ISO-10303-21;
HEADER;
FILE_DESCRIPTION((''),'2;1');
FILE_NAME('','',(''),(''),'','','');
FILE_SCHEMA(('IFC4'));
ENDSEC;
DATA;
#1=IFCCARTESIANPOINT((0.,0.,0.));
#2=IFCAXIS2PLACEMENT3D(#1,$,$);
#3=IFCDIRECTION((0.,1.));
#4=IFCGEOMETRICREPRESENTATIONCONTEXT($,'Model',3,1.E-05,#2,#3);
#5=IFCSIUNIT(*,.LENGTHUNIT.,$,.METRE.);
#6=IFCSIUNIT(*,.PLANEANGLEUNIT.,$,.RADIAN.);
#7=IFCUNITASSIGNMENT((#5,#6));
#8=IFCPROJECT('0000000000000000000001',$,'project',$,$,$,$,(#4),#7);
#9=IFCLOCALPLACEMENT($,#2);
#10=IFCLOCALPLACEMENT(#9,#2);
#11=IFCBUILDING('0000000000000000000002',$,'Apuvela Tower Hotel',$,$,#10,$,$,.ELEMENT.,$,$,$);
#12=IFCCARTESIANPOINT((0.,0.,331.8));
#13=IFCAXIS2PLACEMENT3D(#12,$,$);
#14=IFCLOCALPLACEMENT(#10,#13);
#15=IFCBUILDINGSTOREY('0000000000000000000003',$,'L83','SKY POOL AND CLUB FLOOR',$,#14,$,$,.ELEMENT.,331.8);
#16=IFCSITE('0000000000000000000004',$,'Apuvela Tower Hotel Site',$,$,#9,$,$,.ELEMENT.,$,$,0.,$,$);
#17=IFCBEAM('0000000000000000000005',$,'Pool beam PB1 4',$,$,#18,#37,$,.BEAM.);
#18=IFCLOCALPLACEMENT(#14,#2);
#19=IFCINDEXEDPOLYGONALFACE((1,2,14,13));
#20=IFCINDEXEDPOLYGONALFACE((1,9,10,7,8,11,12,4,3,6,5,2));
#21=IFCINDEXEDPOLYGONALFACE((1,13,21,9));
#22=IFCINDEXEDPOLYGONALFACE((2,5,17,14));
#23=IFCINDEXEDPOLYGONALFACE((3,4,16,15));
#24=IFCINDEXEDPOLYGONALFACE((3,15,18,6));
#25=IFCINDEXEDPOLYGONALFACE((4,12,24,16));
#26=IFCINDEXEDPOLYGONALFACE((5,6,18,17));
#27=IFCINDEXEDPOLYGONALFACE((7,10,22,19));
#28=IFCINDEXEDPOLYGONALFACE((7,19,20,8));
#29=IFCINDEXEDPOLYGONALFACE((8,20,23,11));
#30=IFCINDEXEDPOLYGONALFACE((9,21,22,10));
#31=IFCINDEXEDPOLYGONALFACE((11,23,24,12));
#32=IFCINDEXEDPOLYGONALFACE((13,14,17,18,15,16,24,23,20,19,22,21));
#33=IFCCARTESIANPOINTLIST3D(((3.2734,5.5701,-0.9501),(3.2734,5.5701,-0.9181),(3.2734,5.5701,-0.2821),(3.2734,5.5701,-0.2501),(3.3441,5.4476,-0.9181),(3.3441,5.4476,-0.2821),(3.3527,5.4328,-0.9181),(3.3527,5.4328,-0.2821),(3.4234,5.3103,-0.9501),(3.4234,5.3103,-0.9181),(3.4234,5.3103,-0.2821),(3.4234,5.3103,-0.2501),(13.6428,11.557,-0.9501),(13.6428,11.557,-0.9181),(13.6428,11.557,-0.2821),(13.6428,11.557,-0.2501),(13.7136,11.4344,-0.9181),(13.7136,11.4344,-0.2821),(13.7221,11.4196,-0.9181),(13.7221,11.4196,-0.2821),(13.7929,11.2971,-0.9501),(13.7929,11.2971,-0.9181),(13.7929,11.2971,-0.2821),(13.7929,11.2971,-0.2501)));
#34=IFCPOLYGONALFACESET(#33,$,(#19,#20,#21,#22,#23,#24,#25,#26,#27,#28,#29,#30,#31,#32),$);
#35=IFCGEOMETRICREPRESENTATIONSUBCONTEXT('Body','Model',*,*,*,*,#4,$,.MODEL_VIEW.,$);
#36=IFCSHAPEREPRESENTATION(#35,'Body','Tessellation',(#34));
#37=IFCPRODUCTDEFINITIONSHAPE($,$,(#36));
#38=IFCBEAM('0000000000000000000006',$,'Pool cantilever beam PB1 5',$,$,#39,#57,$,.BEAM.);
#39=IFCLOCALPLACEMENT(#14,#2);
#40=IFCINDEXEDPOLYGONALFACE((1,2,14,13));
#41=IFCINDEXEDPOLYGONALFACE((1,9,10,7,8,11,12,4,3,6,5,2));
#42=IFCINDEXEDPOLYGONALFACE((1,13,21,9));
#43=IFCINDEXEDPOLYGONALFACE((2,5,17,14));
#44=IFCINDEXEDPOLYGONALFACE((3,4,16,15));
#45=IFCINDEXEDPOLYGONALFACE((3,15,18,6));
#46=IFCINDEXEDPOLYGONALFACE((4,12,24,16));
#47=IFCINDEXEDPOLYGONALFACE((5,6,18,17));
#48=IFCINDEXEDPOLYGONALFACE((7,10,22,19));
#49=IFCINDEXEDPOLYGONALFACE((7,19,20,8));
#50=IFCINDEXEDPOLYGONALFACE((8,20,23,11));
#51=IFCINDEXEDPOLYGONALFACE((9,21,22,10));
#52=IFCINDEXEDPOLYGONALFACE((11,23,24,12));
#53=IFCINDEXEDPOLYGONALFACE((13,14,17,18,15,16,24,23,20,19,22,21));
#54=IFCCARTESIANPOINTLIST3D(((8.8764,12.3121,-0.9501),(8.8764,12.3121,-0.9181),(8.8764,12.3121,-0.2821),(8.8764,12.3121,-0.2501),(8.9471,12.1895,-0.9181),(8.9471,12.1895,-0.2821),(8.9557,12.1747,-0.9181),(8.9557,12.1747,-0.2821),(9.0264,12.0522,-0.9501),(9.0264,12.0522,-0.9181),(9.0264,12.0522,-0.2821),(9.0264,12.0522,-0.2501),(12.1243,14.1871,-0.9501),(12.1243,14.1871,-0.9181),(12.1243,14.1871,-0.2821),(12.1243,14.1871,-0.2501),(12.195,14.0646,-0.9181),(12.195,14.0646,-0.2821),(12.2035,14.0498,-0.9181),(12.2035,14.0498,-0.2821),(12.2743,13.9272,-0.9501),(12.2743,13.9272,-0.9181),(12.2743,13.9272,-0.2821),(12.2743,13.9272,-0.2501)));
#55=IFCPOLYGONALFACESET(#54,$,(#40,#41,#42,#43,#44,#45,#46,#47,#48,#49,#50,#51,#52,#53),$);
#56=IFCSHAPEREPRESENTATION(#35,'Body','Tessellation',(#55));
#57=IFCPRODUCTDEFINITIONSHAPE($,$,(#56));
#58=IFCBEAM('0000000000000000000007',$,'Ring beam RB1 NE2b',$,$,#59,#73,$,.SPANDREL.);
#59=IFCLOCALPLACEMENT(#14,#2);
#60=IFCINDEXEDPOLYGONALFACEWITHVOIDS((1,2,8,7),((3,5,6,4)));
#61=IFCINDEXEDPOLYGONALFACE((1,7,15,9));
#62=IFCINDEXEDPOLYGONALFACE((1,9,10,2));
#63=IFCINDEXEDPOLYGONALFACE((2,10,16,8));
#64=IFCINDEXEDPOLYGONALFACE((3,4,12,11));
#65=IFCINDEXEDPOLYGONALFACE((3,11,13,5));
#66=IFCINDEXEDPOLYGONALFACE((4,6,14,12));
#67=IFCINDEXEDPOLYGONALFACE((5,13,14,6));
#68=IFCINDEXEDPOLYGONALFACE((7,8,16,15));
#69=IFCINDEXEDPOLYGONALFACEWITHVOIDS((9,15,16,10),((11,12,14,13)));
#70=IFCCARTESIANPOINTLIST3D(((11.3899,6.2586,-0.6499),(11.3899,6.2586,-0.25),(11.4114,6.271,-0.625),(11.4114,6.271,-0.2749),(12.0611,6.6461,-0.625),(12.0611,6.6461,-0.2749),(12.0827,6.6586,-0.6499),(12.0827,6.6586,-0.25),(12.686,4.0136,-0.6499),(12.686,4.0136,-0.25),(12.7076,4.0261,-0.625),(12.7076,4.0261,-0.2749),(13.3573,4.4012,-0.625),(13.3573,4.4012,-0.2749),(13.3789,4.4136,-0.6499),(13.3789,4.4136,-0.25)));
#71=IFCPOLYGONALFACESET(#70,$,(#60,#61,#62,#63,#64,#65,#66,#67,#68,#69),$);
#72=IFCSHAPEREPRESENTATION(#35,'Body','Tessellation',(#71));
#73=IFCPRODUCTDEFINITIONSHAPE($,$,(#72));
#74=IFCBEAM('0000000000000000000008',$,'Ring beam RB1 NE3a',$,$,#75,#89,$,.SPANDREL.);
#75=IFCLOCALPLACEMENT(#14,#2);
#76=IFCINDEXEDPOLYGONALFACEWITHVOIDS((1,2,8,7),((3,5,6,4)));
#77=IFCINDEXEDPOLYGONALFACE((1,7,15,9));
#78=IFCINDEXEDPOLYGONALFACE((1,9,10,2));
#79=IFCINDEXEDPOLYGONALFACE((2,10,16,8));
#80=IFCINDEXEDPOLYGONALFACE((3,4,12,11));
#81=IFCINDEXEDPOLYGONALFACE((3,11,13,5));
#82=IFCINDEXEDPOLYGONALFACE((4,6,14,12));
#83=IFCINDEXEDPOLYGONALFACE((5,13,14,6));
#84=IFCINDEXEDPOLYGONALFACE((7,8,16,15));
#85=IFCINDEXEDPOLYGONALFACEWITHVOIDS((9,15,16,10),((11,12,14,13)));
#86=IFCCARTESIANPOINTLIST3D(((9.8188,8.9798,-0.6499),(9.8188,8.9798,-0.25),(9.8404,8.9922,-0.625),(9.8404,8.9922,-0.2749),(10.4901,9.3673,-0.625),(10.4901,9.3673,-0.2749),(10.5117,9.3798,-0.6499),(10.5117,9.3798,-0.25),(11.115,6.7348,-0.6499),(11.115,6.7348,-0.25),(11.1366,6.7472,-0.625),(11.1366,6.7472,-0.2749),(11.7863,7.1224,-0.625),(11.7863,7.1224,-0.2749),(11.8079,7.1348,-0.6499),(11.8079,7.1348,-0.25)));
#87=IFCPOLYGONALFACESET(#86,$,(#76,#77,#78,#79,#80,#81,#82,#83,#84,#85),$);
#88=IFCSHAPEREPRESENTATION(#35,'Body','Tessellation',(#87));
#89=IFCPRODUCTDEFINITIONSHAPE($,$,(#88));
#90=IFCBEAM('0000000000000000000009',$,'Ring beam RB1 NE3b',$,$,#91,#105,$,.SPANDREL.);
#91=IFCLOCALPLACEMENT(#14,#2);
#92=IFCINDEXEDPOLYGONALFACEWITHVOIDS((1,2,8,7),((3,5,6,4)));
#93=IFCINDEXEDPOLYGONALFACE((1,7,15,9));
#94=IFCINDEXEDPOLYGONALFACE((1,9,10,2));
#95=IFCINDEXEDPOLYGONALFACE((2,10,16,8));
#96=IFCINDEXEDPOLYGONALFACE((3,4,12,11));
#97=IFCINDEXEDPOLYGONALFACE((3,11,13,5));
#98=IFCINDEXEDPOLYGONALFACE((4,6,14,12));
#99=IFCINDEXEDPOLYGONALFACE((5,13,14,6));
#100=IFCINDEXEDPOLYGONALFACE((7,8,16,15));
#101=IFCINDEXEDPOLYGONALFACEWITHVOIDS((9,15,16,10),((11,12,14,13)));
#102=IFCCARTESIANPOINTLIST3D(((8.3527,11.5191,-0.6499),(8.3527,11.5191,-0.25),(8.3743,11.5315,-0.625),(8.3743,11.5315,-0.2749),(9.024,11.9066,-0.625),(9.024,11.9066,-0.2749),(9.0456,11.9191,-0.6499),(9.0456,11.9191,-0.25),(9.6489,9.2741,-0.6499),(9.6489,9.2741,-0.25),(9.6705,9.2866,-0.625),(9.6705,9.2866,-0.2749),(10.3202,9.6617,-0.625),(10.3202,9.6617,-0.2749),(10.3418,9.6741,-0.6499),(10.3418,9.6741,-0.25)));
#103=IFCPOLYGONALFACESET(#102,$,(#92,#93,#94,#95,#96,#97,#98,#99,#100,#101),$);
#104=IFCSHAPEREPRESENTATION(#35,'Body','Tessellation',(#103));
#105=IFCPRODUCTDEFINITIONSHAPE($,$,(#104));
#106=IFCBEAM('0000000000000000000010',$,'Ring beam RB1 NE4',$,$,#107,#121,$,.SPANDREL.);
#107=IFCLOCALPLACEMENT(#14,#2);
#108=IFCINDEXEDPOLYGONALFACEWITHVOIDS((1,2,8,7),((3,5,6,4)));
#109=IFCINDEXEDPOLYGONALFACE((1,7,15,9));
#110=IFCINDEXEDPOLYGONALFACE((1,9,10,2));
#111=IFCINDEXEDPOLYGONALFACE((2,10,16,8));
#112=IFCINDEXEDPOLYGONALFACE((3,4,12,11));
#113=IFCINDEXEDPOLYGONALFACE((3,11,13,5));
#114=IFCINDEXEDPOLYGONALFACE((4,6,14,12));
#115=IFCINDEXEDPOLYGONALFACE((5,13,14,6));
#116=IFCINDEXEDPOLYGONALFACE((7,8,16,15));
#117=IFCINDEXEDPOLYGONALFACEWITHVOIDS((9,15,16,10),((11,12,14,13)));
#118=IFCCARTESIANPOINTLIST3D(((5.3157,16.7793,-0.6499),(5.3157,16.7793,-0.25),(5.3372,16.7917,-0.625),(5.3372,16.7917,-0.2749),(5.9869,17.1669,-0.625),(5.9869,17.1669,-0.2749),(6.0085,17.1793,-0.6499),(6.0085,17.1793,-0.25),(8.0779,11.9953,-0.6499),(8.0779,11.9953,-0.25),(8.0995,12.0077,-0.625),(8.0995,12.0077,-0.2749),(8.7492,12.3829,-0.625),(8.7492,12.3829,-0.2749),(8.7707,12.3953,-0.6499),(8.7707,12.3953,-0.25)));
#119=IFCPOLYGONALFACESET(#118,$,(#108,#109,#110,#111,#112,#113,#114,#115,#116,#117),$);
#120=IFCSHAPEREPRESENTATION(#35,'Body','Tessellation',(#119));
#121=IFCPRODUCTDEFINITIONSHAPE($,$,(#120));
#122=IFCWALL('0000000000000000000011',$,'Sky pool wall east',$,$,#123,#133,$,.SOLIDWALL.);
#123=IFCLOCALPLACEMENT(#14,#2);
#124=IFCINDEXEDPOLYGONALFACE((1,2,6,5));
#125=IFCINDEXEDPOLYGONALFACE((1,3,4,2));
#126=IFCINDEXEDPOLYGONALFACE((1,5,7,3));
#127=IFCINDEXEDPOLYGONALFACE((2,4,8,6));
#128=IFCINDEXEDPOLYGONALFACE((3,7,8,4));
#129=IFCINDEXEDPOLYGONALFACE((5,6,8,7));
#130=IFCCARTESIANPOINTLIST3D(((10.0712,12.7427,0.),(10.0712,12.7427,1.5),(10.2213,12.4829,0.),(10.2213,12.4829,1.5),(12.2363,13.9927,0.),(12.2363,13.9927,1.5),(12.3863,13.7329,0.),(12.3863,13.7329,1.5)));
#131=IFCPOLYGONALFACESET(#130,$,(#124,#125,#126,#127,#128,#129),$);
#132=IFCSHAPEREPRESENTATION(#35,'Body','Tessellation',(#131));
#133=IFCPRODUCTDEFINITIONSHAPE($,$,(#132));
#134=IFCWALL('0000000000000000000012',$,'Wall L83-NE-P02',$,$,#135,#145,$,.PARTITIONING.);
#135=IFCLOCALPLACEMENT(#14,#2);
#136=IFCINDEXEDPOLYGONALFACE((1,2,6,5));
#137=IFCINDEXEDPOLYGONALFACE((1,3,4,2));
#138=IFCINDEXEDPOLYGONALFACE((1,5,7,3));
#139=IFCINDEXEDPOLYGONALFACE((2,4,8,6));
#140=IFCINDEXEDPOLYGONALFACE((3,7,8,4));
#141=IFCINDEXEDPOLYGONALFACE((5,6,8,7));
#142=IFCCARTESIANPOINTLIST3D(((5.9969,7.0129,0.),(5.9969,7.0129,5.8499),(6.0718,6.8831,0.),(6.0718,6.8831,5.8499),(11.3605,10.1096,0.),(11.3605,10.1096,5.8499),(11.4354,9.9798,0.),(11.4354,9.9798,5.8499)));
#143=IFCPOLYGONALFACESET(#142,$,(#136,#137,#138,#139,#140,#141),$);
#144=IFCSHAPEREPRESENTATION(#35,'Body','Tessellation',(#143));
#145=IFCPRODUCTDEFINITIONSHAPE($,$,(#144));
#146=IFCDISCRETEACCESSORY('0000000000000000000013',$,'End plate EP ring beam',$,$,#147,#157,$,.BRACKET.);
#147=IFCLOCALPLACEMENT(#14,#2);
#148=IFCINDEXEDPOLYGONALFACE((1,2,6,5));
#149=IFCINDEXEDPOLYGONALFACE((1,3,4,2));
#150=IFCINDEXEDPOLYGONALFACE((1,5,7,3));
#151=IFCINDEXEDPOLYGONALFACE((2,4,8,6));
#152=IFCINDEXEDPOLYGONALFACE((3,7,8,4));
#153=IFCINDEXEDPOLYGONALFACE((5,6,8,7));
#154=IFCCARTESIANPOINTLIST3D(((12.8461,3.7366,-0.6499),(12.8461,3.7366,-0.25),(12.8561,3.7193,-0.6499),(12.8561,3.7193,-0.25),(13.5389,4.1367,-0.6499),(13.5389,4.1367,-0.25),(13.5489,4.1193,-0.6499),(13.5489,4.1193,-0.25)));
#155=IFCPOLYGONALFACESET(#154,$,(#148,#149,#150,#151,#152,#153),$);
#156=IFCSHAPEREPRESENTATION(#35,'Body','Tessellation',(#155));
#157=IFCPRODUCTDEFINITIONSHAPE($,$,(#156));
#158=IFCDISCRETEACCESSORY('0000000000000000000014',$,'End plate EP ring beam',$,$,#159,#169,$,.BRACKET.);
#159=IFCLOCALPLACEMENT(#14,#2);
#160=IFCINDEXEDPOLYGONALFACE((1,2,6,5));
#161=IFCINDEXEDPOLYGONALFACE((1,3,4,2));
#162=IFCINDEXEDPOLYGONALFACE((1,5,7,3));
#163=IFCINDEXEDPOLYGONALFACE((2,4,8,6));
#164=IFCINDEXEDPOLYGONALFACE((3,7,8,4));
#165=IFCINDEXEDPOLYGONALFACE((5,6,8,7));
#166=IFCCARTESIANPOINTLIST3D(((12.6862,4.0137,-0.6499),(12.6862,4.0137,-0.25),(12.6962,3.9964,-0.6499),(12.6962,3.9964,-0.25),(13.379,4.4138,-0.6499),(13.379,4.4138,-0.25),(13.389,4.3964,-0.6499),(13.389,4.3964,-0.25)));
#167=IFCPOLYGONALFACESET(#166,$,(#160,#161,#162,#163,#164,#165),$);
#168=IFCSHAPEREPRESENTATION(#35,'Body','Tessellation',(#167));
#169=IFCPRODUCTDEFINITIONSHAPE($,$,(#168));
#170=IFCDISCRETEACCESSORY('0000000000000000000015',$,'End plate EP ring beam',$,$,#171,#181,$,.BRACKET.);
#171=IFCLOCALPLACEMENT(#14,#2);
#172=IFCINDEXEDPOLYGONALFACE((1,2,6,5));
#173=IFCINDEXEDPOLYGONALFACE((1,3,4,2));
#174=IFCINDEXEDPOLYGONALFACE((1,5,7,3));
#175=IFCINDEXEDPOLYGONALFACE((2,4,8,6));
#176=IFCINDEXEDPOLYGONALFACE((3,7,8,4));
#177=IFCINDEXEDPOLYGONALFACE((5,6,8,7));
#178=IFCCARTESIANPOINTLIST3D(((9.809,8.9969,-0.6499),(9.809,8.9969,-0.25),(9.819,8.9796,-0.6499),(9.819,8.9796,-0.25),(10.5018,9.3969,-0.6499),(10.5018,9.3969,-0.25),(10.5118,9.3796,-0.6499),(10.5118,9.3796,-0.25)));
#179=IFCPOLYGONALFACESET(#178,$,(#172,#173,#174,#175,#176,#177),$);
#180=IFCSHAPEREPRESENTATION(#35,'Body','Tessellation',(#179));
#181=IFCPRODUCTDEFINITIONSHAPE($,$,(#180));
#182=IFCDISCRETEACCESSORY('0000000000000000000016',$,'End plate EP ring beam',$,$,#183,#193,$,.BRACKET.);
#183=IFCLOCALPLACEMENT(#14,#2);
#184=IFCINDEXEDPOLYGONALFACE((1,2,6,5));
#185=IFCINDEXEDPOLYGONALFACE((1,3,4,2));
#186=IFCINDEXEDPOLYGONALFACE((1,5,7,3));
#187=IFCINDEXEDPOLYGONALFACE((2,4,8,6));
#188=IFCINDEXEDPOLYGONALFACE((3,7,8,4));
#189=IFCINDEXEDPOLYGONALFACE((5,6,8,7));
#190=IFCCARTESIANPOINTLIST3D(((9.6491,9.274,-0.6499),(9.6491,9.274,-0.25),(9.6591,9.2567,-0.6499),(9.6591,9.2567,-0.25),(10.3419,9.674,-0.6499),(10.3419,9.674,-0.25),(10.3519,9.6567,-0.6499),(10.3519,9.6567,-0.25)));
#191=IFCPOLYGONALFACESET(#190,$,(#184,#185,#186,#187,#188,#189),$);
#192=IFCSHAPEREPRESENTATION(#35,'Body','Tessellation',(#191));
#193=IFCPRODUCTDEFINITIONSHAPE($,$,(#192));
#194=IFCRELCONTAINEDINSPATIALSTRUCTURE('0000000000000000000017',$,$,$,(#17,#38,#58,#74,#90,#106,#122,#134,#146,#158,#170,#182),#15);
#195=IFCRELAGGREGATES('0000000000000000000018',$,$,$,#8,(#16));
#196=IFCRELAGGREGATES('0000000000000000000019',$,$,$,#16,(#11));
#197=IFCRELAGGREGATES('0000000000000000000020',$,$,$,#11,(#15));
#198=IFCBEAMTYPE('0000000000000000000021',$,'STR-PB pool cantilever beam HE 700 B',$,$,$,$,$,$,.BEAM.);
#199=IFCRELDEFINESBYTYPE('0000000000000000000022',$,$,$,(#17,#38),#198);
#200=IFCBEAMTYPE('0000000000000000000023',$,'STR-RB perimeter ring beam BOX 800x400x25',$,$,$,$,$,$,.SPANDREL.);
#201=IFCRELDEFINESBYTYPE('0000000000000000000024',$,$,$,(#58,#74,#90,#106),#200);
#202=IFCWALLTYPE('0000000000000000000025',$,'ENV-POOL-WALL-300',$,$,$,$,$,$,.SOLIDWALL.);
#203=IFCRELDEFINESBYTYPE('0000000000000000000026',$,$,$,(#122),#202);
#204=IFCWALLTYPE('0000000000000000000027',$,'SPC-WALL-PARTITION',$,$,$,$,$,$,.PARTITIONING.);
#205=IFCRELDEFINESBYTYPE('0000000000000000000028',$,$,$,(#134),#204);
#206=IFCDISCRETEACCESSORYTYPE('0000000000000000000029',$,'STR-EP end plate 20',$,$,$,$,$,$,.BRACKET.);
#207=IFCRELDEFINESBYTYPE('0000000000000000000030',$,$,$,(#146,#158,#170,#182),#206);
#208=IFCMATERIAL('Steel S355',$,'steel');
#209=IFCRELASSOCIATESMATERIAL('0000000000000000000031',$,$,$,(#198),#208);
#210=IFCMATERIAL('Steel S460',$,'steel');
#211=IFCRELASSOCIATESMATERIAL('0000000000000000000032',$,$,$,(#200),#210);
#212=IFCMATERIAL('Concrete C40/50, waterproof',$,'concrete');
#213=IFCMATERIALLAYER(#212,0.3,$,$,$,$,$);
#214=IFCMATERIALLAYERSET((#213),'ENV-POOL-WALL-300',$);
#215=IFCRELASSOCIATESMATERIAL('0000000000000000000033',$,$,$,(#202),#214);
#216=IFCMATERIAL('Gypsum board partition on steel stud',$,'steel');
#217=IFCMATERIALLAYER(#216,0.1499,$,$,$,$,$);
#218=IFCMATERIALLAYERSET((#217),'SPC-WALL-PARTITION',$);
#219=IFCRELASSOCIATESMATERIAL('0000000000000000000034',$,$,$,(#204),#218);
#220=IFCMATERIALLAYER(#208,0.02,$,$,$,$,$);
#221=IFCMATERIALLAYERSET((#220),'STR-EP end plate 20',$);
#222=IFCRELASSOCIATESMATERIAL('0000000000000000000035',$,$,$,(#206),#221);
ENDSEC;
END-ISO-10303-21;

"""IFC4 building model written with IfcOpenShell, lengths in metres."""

from ifc_helpers import new_model, si_unit, direction, frame, frame_2d, origin, origin_2d, place, context, subcontext, project, spatial, rectangle, hollow_rectangle, i_section, extrude, material, layer, layer_set, material_profile, profile_set, type_object, element, save


model = new_model("IFC4")

# Units and contexts
model_context = context("Model", 3, precision=1e-05, world=origin(), true_north=direction((0.0, 1.0)))
body_context = subcontext(model_context, "Body", "Model", "MODEL_VIEW")
ifc_project = project(units=[si_unit("LENGTHUNIT", "METRE"), si_unit("PLANEANGLEUNIT", "RADIAN")], contexts=[model_context])

# Site, building, storey
site_placement = place(None, origin())
site = spatial("IfcSite", under=ifc_project, at=site_placement, Name="Apuvela Tower Hotel Site", CompositionType="ELEMENT", RefElevation=0.0)
building_placement = place(site_placement, origin())
building = spatial("IfcBuilding", under=site, at=building_placement, Name="Apuvela Tower Hotel", CompositionType="ELEMENT")
storey_placement = place(building_placement, frame((0.0, 0.0, 331.8)))
storey = spatial("IfcBuildingStorey", under=building, at=storey_placement, Name="L83", Description="SKY POOL AND CLUB FLOOR", CompositionType="ELEMENT", Elevation=331.8)

# Shared definitions
ifc_material_1 = material(Name="Steel S460", Category="steel")

# Beams
ifc_material_2 = material(Name="Steel S355", Category="steel")
ifc_material_profile_1 = material_profile(ifc_material_2, i_section(OverallWidth=0.3, OverallDepth=0.7, WebThickness=0.0171, FlangeThickness=0.032, at=origin_2d()), Name="HE 700 B")
ifc_profile_set_1 = profile_set([ifc_material_profile_1], Name="Steel S355")
beam_type_1 = type_object("IfcBeamType", Name="STR-PB pool cantilever beam HE 700 B", PredefinedType="BEAM", material=ifc_profile_set_1)
beam_1_placement = place(storey_placement, frame((3.3484, 5.4402, -0.6001), z_axis=(0.866024, 0.500003, 0.0), x_axis=(-0.500003, 0.866024, 0.0)))
element("IfcBeam", 1, at=beam_1_placement, inside=storey, type_object=beam_type_1, Name="Pool beam PB1 4", PredefinedType="BEAM", context=body_context, shape_type="SweptSolid", body=[
    extrude(i_section(OverallWidth=0.3, OverallDepth=0.7, WebThickness=0.0171, FlangeThickness=0.032, at=origin_2d()), origin(), (0.0, 0.0, 1.0), 11.9736),
])
beam_2_placement = place(storey_placement, frame((8.9514, 12.1821, -0.6001), z_axis=(0.866039, 0.499976, 0.0), x_axis=(-0.499976, 0.866039, 0.0)))
element("IfcBeam", 2, at=beam_2_placement, inside=storey, type_object=beam_type_1, Name="Pool cantilever beam PB1 5", PredefinedType="BEAM", context=body_context, shape_type="SweptSolid", body=[
    extrude(i_section(OverallWidth=0.3, OverallDepth=0.7, WebThickness=0.0171, FlangeThickness=0.032, at=origin_2d()), origin(), (0.0, 0.0, 1.0), 3.7502),
])
ifc_material_profile_2 = material_profile(ifc_material_1, hollow_rectangle(XDim=0.8, YDim=0.3999, WallThickness=0.0249, at=origin_2d()), Name="BOX 800x400x25")
ifc_profile_set_2 = profile_set([ifc_material_profile_2], Name="Steel S460")
beam_type_2 = type_object("IfcBeamType", Name="STR-RB perimeter ring beam BOX 800x400x25", PredefinedType="SPANDREL", material=ifc_profile_set_2)
for number, where, z_axis, x_axis, name in (
    (3, (13.0325, 4.2136, -0.45), (-0.500019, 0.866015, 0.0), (-0.866015, -0.500019, 0.0), "Ring beam RB1 NE2b"),
    (4, (11.4614, 6.9348, -0.45), (-0.500019, 0.866015, 0.0), (-0.866015, -0.500019, 0.0), "Ring beam RB1 NE3a"),
    (5, (9.9954, 9.4741, -0.45), (-0.500019, 0.866015, 0.0), (-0.866015, -0.500019, 0.0), "Ring beam RB1 NE3b"),
):
    element("IfcBeam", number, at=place(storey_placement, frame(where, z_axis=z_axis, x_axis=x_axis)), inside=storey, type_object=beam_type_2, Name=name, PredefinedType="SPANDREL", context=body_context, shape_type="SweptSolid", body=[
        extrude(hollow_rectangle(XDim=0.8, YDim=0.3999, WallThickness=0.0249, at=origin_2d()), origin(), (0.0, 0.0, 1.0), 2.5923),
    ])
beam_3_placement = place(storey_placement, frame((8.4243, 12.1953, -0.45), z_axis=(-0.500027, 0.86601, 0.0), x_axis=(-0.86601, -0.500027, 0.0)))
element("IfcBeam", 6, at=beam_3_placement, inside=storey, type_object=beam_type_2, Name="Ring beam RB1 NE4", PredefinedType="SPANDREL", context=body_context, shape_type="SweptSolid", body=[
    extrude(hollow_rectangle(XDim=0.8, YDim=0.3999, WallThickness=0.0249, at=origin_2d()), origin(), (0.0, 0.0, 1.0), 5.5242),
])

# Walls
ifc_material_3 = material(Name="Concrete C40/50, waterproof", Category="concrete")
ifc_layer_1 = layer(ifc_material_3, 0.3)
ifc_layer_set_1 = layer_set([ifc_layer_1], Name="ENV-POOL-WALL-300")
wall_type_1 = type_object("IfcWallType", Name="ENV-POOL-WALL-300", PredefinedType="SOLIDWALL", material=ifc_layer_set_1)
wall_1_placement = place(storey_placement, frame((10.1462, 12.6128, 0.0), z_axis=(0.0, 0.0, 1.0), x_axis=(0.866023, 0.500004, 0.0)))
element("IfcWall", 7, at=wall_1_placement, inside=storey, type_object=wall_type_1, Name="Sky pool wall east", PredefinedType="SOLIDWALL", context=body_context, shape_type="SweptSolid", body=[
    extrude(rectangle(XDim=2.5, YDim=0.3, at=frame_2d((1.25, 0.0))), origin(), (0.0, 0.0, 1.0), 1.5),
])
ifc_material_4 = material(Name="Gypsum board partition on steel stud", Category="steel")
ifc_layer_2 = layer(ifc_material_4, 0.1499)
ifc_layer_set_2 = layer_set([ifc_layer_2], Name="SPC-WALL-PARTITION")
wall_type_2 = type_object("IfcWallType", Name="SPC-WALL-PARTITION", PredefinedType="PARTITIONING", material=ifc_layer_set_2)
wall_2_placement = place(storey_placement, frame((11.3979, 10.0447, 0.0), z_axis=(0.0, 0.0, 1.0), x_axis=(-0.866022, -0.500006, 0.0)))
element("IfcWall", 8, at=wall_2_placement, inside=storey, type_object=wall_type_2, Name="Wall L83-NE-P02", PredefinedType="PARTITIONING", context=body_context, shape_type="SweptSolid", body=[
    extrude(rectangle(XDim=6.1934, YDim=0.1499, at=frame_2d((3.0967, 0.0))), origin(), (0.0, 0.0, 1.0), 5.8499),
])

# Discrete accessories
ifc_layer_3 = layer(ifc_material_2, 0.02)
ifc_layer_set_3 = layer_set([ifc_layer_3], Name="STR-EP end plate 20")
discrete_accessory_type = type_object("IfcDiscreteAccessoryType", Name="STR-EP end plate 20", PredefinedType="BRACKET", material=ifc_layer_set_3)
for number, where, z_axis, x_axis, name in (
    (9, (13.1975, 3.928, -0.6499), (0.0, 0.0, 1.0), (-0.5, 0.866025, 0.0), "End plate EP ring beam"),
    (10, (13.0376, 4.2051, -0.6499), (0.0, 0.0, 1.0), (-0.5, 0.866025, 0.0), "End plate EP ring beam"),
    (11, (10.1604, 9.1882, -0.6499), (0.0, 0.0, 1.0), (-0.5, 0.866025, 0.0), "End plate EP ring beam"),
    (12, (10.0005, 9.4653, -0.6499), (0.0, 0.0, 1.0), (-0.5, 0.866025, 0.0), "End plate EP ring beam"),
):
    element("IfcDiscreteAccessory", number, at=place(storey_placement, frame(where, z_axis=z_axis, x_axis=x_axis)), inside=storey, type_object=discrete_accessory_type, Name=name, PredefinedType="BRACKET", context=body_context, shape_type="SweptSolid", body=[
        extrude(rectangle(XDim=0.02, YDim=0.8, at=origin_2d()), origin(), (0.0, 0.0, 1.0), 0.3999),
    ])

save(model, "model.ifc")
